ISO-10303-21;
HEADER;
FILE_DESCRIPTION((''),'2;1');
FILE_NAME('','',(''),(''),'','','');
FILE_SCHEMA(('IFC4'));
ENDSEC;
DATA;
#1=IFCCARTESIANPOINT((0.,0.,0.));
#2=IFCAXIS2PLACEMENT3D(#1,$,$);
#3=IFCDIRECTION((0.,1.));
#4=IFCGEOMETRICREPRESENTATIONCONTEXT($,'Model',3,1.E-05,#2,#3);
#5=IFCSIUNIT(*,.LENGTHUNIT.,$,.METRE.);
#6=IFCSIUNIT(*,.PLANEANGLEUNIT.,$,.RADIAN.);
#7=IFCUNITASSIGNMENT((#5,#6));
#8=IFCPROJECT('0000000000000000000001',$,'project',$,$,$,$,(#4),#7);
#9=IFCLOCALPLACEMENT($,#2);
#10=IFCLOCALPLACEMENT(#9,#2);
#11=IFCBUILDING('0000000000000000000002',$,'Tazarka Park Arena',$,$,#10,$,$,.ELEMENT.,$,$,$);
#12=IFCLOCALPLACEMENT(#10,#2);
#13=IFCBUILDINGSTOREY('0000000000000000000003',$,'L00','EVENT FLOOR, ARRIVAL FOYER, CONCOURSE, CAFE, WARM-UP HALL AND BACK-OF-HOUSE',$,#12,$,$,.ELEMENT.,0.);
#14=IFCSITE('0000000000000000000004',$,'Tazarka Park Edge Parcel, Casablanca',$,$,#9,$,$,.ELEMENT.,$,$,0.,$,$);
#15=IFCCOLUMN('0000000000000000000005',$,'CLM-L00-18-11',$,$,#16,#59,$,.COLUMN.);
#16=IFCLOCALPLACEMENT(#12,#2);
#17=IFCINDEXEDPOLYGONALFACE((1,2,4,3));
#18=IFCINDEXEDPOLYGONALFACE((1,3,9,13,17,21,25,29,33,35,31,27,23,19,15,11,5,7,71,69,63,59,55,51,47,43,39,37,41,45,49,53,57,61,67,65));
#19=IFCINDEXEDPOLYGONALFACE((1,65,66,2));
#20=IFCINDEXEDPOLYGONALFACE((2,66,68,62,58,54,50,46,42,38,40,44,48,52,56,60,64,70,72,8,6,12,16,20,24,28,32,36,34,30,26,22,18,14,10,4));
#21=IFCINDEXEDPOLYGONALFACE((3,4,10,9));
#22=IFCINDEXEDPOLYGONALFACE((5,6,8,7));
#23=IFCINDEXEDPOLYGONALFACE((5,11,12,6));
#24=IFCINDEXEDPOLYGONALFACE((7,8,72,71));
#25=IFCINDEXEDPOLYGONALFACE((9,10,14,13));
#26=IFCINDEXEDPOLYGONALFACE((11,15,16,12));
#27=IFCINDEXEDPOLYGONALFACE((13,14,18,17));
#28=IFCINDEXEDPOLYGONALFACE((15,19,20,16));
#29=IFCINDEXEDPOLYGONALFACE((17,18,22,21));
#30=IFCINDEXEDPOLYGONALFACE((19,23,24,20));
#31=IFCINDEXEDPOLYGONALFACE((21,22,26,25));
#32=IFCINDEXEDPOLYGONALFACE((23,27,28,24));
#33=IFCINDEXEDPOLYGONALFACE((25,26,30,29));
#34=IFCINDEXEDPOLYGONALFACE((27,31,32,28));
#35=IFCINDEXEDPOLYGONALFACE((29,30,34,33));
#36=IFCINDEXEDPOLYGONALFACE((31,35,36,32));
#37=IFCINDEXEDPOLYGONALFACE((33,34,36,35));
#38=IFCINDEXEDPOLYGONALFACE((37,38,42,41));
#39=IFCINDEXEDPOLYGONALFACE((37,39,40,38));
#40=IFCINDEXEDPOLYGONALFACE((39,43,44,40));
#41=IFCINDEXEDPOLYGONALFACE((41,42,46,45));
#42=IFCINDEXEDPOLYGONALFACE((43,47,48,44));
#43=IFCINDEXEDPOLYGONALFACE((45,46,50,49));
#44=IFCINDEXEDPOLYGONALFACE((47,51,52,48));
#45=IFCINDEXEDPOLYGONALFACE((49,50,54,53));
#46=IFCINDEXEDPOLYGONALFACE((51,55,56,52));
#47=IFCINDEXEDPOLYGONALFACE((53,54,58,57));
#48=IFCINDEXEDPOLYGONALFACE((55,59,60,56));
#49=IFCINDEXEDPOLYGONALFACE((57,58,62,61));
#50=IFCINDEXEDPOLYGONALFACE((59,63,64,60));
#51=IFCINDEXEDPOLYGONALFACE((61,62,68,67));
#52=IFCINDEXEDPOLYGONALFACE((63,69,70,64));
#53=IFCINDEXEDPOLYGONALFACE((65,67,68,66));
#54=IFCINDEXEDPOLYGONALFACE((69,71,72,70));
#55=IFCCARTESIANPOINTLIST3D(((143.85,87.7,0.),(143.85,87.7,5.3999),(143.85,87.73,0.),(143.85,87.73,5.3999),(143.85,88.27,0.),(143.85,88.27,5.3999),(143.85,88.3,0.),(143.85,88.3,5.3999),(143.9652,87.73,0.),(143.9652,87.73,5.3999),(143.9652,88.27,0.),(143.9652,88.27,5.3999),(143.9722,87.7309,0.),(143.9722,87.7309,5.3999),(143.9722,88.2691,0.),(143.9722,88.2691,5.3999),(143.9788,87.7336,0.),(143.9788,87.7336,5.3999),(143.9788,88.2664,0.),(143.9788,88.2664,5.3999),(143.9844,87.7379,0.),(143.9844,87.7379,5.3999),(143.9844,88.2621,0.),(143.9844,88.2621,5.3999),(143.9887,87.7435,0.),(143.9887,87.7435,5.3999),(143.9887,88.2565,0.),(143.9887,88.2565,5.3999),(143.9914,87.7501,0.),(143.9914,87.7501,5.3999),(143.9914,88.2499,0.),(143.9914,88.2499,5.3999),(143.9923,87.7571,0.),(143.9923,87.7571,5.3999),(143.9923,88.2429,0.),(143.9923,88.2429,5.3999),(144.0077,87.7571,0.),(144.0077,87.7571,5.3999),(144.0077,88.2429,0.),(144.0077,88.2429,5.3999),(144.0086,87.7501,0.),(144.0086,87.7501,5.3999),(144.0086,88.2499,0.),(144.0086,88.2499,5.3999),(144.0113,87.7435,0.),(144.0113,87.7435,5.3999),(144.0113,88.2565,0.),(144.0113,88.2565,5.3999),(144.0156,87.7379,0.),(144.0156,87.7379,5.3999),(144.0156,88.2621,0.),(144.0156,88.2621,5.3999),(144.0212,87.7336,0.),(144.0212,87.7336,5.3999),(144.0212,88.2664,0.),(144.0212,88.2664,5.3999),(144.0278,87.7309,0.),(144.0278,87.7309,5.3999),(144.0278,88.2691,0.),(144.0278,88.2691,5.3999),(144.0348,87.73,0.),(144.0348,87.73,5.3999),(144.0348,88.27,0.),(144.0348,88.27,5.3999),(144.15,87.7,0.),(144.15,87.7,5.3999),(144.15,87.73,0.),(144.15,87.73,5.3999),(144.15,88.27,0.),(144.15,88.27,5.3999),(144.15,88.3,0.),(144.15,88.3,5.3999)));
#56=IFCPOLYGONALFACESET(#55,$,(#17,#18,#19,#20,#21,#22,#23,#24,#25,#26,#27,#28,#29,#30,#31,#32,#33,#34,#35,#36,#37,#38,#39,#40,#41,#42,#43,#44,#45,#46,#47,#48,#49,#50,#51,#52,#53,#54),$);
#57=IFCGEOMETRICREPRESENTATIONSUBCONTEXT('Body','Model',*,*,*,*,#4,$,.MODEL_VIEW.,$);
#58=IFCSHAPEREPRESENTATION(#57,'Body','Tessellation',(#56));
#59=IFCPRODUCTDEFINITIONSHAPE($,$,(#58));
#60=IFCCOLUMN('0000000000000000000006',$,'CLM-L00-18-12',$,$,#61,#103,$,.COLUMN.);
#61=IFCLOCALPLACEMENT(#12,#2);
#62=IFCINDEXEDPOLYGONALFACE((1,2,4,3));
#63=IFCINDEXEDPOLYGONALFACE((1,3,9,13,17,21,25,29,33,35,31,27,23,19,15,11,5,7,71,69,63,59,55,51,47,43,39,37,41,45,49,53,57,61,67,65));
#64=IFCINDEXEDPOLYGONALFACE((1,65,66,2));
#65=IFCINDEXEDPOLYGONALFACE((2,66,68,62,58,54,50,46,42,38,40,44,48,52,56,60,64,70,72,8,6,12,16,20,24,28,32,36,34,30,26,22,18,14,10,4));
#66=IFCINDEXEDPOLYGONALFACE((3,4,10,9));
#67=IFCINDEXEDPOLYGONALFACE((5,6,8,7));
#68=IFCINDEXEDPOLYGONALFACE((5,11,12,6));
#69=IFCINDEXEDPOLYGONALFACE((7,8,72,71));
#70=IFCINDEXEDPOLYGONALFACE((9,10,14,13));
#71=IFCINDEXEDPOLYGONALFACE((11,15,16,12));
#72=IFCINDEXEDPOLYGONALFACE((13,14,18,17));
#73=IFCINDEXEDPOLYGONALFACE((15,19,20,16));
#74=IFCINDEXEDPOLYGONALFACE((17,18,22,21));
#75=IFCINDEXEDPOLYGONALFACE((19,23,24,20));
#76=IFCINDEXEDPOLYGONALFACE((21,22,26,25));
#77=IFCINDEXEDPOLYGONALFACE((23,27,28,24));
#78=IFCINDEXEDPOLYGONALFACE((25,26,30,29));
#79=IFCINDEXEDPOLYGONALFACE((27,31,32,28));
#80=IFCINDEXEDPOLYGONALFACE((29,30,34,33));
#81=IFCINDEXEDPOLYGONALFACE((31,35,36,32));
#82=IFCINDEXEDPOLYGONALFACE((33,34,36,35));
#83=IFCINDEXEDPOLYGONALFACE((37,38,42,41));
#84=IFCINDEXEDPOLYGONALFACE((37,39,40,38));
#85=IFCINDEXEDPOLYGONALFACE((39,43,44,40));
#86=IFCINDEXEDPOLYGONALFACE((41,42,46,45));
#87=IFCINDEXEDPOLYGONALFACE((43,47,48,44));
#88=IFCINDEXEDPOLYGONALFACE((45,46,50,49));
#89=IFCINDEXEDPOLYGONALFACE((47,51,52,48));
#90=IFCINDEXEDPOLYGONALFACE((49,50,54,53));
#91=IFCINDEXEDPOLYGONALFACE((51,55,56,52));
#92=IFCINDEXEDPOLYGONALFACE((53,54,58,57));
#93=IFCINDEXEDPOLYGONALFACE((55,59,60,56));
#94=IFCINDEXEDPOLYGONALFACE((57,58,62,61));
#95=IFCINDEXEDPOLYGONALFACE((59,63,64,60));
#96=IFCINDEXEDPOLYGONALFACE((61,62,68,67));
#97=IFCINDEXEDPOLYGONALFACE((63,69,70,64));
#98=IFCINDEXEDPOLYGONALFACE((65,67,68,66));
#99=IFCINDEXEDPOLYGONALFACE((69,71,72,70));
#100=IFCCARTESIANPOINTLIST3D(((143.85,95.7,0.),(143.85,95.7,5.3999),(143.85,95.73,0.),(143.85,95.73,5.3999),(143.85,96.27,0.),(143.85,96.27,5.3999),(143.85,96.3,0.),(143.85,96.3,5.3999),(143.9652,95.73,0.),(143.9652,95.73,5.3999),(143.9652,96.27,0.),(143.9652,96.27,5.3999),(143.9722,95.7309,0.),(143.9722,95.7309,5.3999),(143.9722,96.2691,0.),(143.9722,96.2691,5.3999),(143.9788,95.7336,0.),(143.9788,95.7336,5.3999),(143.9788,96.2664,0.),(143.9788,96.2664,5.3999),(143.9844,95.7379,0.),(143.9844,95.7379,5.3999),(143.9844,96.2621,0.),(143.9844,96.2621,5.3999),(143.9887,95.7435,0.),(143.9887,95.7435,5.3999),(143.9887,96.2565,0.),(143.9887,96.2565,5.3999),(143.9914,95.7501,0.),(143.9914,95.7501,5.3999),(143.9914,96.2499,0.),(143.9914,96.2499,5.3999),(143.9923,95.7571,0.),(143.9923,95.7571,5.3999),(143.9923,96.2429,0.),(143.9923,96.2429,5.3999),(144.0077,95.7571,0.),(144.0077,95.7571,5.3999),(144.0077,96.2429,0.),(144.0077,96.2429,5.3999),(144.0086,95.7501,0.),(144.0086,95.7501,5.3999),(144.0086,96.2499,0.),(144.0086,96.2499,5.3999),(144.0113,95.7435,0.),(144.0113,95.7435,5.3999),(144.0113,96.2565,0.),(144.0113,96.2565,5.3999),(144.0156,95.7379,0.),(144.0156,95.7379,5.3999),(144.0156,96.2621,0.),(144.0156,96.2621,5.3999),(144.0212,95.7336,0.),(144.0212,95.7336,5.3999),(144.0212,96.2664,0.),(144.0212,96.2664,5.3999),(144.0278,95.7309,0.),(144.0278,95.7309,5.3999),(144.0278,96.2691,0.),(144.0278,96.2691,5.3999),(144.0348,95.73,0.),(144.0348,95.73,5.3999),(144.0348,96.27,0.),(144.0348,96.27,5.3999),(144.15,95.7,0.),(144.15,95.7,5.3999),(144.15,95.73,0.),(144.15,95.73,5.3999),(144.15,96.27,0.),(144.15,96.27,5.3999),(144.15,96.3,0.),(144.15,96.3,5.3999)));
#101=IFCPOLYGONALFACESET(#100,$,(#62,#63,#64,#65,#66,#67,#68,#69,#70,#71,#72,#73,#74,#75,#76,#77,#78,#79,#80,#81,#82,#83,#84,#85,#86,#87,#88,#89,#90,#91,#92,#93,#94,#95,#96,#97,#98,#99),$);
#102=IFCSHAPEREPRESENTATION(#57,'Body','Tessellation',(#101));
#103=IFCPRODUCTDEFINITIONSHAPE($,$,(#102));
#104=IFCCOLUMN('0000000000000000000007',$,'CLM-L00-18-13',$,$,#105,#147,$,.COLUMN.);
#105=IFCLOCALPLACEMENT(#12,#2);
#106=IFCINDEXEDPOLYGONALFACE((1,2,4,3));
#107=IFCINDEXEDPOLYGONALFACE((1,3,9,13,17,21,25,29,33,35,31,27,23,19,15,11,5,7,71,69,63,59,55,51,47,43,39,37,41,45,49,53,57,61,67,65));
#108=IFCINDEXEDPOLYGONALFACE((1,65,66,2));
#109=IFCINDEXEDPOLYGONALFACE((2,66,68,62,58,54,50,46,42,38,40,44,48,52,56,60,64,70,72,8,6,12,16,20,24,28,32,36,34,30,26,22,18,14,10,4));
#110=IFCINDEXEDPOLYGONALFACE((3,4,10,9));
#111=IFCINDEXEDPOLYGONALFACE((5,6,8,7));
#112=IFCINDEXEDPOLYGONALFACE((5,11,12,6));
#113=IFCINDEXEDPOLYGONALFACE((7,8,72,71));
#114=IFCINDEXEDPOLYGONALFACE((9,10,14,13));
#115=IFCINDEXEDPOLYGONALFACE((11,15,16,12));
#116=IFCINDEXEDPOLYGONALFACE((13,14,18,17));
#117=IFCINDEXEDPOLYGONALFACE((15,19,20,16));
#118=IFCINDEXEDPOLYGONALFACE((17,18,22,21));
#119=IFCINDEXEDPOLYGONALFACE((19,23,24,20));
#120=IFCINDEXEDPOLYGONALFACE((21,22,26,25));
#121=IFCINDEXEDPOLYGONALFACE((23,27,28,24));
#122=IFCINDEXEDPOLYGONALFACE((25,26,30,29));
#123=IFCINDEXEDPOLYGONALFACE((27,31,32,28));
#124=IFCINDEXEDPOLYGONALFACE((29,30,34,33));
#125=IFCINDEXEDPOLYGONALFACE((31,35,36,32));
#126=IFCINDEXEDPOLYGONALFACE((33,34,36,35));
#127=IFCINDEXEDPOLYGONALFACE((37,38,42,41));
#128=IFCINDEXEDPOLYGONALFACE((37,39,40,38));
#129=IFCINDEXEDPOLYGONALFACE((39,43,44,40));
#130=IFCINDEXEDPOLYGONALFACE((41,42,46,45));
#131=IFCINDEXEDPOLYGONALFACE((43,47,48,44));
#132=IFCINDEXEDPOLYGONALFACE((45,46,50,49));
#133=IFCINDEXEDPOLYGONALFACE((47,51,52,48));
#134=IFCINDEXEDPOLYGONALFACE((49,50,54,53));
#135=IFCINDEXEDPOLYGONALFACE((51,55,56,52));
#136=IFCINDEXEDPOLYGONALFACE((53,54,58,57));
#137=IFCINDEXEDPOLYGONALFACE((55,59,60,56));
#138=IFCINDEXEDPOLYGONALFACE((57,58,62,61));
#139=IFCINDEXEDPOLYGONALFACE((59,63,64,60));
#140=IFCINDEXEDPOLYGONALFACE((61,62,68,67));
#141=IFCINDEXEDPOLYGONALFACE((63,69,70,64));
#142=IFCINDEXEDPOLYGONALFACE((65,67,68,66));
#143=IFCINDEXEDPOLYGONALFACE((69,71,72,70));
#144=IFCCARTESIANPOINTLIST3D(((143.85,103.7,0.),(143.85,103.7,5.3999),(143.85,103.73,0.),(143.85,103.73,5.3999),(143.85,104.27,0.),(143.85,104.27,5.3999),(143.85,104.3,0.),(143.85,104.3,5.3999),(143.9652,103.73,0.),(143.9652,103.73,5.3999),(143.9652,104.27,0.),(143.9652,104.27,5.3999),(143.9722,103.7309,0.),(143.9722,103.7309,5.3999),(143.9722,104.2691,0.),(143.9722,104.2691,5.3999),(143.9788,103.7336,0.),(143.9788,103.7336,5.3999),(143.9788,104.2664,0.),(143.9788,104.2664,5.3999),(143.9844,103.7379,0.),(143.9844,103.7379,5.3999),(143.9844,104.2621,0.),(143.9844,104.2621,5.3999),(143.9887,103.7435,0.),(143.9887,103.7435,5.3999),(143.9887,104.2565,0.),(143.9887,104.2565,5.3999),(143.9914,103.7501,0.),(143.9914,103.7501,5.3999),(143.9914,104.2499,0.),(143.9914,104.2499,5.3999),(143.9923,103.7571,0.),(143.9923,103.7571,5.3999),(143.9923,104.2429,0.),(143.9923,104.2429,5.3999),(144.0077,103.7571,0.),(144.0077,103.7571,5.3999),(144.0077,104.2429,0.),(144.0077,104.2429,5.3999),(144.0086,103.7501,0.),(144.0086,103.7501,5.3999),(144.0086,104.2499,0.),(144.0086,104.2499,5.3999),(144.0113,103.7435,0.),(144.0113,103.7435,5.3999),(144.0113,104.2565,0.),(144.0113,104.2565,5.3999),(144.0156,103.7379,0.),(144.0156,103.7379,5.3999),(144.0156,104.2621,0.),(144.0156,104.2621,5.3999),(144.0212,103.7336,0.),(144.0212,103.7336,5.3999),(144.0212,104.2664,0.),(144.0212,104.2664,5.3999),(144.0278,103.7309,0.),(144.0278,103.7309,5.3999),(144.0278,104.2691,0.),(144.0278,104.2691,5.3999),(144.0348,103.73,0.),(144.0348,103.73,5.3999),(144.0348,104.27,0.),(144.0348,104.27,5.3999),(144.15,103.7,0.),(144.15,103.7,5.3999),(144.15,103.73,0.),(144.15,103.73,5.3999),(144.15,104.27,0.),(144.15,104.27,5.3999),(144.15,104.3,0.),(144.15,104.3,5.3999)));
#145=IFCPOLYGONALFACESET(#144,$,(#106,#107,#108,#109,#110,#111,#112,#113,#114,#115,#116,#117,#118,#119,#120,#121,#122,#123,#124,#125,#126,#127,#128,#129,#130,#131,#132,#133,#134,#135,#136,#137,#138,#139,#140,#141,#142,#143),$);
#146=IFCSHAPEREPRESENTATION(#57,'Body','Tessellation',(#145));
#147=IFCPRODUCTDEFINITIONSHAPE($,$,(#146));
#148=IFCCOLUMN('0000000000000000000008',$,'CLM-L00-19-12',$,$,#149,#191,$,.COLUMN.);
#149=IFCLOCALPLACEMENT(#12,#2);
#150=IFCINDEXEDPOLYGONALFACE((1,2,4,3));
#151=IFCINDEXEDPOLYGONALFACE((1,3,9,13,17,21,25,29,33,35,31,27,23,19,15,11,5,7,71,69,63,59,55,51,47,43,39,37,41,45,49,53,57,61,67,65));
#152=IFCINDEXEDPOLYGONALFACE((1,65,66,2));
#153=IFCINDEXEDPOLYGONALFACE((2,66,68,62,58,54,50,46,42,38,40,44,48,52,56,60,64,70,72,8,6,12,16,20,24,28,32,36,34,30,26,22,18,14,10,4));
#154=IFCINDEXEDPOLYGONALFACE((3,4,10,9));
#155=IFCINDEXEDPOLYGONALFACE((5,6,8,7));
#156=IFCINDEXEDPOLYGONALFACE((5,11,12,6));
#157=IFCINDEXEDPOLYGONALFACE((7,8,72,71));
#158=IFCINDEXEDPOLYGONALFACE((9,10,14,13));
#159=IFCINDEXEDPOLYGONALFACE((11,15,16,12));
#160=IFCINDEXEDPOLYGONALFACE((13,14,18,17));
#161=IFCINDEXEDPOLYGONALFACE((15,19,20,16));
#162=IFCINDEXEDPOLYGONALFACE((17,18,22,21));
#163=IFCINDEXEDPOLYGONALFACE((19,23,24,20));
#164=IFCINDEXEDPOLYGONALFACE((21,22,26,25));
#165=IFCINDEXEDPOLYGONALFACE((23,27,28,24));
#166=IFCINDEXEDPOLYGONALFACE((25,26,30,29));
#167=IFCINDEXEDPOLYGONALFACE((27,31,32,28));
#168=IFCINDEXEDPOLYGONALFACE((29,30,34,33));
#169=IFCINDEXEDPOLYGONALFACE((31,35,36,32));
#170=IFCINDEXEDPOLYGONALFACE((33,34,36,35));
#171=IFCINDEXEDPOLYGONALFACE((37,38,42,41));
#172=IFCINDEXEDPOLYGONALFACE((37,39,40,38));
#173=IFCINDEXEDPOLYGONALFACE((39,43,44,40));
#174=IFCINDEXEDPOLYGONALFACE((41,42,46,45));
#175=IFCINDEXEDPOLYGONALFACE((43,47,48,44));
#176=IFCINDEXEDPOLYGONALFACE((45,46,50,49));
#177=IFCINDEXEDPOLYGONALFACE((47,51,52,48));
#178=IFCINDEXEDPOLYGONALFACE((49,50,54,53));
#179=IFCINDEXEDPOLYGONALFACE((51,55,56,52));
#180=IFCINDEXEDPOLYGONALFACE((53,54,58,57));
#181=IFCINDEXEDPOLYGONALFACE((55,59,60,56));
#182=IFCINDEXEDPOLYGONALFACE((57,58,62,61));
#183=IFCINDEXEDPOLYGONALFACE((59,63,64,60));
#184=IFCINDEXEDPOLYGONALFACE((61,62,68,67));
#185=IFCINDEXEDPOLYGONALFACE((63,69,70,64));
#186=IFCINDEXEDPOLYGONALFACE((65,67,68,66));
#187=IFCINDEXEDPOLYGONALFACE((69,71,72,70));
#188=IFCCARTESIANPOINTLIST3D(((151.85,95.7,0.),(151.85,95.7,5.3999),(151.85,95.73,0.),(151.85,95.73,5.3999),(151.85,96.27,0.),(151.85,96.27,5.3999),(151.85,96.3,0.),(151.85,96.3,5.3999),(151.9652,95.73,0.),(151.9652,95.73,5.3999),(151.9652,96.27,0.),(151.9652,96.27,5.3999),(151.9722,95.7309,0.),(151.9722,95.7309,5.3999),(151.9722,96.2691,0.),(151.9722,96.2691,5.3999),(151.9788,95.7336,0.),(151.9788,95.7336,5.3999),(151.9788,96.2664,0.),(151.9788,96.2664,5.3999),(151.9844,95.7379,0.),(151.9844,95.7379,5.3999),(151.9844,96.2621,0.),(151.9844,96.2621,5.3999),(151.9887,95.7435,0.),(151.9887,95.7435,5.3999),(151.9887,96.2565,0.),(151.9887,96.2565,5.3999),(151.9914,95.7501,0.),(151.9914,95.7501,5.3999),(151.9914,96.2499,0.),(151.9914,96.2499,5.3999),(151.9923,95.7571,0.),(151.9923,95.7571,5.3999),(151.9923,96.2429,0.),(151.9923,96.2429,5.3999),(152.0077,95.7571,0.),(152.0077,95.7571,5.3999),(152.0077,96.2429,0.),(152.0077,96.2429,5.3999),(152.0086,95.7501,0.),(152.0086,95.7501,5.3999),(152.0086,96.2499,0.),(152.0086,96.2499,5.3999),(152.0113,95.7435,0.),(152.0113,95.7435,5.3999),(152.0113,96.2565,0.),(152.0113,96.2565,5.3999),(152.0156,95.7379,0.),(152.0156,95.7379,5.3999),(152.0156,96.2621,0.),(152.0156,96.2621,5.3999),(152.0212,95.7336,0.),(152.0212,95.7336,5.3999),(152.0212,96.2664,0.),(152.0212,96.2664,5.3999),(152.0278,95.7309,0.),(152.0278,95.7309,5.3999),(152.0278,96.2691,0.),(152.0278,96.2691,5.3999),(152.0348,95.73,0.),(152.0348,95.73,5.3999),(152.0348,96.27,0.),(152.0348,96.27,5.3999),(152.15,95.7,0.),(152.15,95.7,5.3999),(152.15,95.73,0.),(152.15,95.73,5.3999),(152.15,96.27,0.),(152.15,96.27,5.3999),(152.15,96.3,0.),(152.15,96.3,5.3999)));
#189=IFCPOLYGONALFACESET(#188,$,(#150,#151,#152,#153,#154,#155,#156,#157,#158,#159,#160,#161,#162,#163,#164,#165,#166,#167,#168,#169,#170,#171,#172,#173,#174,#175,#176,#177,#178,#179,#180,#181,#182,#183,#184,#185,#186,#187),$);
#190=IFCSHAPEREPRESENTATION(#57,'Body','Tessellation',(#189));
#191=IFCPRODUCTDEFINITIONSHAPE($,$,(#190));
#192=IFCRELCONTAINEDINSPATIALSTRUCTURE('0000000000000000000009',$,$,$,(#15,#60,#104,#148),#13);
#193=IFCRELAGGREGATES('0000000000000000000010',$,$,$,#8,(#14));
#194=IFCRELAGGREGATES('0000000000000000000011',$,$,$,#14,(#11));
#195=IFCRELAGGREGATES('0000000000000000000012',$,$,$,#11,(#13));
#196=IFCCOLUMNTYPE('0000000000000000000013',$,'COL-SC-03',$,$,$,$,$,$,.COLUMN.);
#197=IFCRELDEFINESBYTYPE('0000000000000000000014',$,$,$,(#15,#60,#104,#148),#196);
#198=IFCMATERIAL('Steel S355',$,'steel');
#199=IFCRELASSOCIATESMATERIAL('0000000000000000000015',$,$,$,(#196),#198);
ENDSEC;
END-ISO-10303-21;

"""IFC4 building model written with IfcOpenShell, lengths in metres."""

from ifc_helpers import new_model, si_unit, direction, frame, origin, origin_2d, place, context, subcontext, project, spatial, i_section, extrude, material, material_profile, profile_set, type_object, element, save


model = new_model("IFC4")

# Units and contexts
model_context = context("Model", 3, precision=1e-05, world=origin(), true_north=direction((0.0, 1.0)))
body_context = subcontext(model_context, "Body", "Model", "MODEL_VIEW")
ifc_project = project(units=[si_unit("LENGTHUNIT", "METRE"), si_unit("PLANEANGLEUNIT", "RADIAN")], contexts=[model_context])

# Site, building, storey
site_placement = place(None, origin())
site = spatial("IfcSite", under=ifc_project, at=site_placement, Name="Tazarka Park Edge Parcel, Casablanca", CompositionType="ELEMENT", RefElevation=0.0)
building_placement = place(site_placement, origin())
building = spatial("IfcBuilding", under=site, at=building_placement, Name="Tazarka Park Arena", CompositionType="ELEMENT")
storey_placement = place(building_placement, origin())
storey = spatial("IfcBuildingStorey", under=building, at=storey_placement, Name="L00", Description="EVENT FLOOR, ARRIVAL FOYER, CONCOURSE, CAFE, WARM-UP HALL AND BACK-OF-HOUSE", CompositionType="ELEMENT", Elevation=0.0)

# Columns
ifc_material_1 = material(Name="Steel S355", Category="steel")
ifc_material_profile_1 = material_profile(ifc_material_1, i_section(OverallWidth=0.3, OverallDepth=0.6001, WebThickness=0.0154, FlangeThickness=0.03, FilletRadius=0.0271, at=origin_2d()), Name="Steel S355")
ifc_profile_set_1 = profile_set([ifc_material_profile_1], Name="Steel S355")
column_type_1 = type_object("IfcColumnType", Name="COL-SC-03", PredefinedType="COLUMN", material=ifc_profile_set_1)
for number, where, z_axis, x_axis, name in (
    (1, (144.0, 88.0, 0.0), (0.0, 0.0, 1.0), (1.0, 0.0, 0.0), "CLM-L00-18-11"),
    (2, (144.0, 96.0, 0.0), (0.0, 0.0, 1.0), (1.0, 0.0, 0.0), "CLM-L00-18-12"),
    (3, (144.0, 104.0, 0.0), (0.0, 0.0, 1.0), (1.0, 0.0, 0.0), "CLM-L00-18-13"),
    (4, (152.0, 96.0, 0.0), (0.0, 0.0, 1.0), (1.0, 0.0, 0.0), "CLM-L00-19-12"),
):
    element("IfcColumn", number, at=place(storey_placement, frame(where, z_axis=z_axis, x_axis=x_axis)), inside=storey, type_object=column_type_1, Name=name, PredefinedType="COLUMN", context=body_context, shape_type="SweptSolid", body=[
        extrude(i_section(OverallWidth=0.3, OverallDepth=0.6001, WebThickness=0.0154, FlangeThickness=0.03, FilletRadius=0.0271, at=origin_2d()), origin(), (0.0, 0.0, 1.0), 5.3999),
    ])

save(model, "model.ifc")
